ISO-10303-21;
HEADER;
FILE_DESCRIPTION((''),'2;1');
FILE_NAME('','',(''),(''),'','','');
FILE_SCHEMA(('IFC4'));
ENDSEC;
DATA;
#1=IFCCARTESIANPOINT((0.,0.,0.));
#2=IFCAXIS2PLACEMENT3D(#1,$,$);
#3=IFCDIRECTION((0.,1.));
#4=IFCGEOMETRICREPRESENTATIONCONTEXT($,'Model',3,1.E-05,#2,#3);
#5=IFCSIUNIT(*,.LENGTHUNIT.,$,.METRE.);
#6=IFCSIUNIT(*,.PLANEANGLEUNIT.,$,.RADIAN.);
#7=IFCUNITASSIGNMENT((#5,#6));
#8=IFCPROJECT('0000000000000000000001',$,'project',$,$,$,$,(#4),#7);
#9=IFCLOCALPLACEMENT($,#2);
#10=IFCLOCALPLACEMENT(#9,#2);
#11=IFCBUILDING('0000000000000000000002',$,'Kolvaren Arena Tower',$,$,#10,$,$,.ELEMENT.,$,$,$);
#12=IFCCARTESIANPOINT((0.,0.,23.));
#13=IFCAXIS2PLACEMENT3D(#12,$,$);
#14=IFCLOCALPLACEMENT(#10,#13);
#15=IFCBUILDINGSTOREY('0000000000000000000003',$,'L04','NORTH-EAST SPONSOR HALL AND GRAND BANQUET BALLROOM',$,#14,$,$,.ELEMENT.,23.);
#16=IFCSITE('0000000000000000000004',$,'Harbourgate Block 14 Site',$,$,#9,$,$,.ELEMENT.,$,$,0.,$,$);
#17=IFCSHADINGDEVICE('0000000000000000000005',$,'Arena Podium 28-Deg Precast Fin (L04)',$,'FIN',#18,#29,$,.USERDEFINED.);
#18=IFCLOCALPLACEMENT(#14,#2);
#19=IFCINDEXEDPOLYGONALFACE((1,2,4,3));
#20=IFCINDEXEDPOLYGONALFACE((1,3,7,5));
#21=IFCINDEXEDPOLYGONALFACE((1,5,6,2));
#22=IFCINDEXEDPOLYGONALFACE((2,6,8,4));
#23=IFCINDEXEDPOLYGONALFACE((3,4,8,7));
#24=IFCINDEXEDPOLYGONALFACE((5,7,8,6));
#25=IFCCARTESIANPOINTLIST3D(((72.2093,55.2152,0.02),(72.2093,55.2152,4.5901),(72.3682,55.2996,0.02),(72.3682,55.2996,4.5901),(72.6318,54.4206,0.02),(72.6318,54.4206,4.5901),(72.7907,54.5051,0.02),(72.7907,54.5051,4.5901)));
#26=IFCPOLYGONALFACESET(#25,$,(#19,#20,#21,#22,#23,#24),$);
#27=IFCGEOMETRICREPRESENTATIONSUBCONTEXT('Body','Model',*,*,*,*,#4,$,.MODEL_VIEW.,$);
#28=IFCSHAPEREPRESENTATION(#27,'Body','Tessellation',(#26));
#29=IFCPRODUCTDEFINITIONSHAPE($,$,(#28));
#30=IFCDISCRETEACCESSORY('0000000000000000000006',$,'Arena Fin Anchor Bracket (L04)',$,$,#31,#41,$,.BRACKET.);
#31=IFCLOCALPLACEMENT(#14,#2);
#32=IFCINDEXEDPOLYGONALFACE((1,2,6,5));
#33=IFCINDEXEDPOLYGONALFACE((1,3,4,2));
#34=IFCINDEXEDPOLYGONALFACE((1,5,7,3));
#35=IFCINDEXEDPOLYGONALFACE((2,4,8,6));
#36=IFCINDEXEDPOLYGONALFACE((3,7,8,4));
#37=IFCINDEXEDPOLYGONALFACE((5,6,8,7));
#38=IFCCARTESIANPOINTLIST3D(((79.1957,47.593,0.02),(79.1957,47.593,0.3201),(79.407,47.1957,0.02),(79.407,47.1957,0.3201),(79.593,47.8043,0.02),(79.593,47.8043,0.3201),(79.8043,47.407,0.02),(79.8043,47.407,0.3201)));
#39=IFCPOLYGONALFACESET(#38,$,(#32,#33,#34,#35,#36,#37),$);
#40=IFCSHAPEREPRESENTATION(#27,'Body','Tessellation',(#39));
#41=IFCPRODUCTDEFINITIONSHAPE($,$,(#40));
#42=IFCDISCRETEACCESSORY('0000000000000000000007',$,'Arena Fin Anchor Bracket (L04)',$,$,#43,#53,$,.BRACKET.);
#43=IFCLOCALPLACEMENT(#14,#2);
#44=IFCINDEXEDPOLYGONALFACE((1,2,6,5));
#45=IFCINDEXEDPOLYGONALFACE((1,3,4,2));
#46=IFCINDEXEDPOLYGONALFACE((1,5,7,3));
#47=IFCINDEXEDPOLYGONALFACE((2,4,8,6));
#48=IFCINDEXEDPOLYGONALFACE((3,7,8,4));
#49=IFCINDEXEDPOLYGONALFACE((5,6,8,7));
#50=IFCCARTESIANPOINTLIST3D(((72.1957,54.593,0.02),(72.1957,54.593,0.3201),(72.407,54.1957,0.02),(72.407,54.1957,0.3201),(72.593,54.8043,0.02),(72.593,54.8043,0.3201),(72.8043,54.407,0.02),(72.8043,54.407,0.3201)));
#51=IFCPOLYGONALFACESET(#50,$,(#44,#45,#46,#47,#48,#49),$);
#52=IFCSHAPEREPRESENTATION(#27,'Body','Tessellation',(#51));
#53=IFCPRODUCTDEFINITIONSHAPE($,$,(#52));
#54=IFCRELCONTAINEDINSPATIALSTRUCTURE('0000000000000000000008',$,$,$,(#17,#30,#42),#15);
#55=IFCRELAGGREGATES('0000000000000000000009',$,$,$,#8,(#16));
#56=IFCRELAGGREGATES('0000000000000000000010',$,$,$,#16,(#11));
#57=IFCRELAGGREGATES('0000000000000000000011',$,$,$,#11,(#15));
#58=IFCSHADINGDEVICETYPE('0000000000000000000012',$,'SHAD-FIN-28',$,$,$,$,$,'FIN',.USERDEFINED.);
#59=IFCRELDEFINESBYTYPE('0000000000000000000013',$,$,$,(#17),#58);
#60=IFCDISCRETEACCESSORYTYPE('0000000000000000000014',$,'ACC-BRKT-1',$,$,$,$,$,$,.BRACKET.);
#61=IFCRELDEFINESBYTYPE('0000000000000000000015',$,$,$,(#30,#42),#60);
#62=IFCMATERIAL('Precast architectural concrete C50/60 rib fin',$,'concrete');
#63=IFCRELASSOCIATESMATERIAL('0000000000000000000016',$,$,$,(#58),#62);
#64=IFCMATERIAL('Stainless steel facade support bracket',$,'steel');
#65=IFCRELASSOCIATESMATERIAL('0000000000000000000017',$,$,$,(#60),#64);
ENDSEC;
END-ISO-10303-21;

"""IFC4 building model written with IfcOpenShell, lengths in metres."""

from ifc_helpers import new_model, si_unit, direction, frame, origin, origin_2d, place, context, subcontext, project, spatial, rectangle, extrude, material, type_object, element, save


model = new_model("IFC4")

# Units and contexts
model_context = context("Model", 3, precision=1e-05, world=origin(), true_north=direction((0.0, 1.0)))
body_context = subcontext(model_context, "Body", "Model", "MODEL_VIEW")
ifc_project = project(units=[si_unit("LENGTHUNIT", "METRE"), si_unit("PLANEANGLEUNIT", "RADIAN")], contexts=[model_context])

# Site, building, storey
site_placement = place(None, origin())
site = spatial("IfcSite", under=ifc_project, at=site_placement, Name="Harbourgate Block 14 Site", CompositionType="ELEMENT", RefElevation=0.0)
building_placement = place(site_placement, origin())
building = spatial("IfcBuilding", under=site, at=building_placement, Name="Kolvaren Arena Tower", CompositionType="ELEMENT")
storey_placement = place(building_placement, frame((0.0, 0.0, 23.0)))
storey = spatial("IfcBuildingStorey", under=building, at=storey_placement, Name="L04", Description="NORTH-EAST SPONSOR HALL AND GRAND BANQUET BALLROOM", CompositionType="ELEMENT", Elevation=23.0)

# Shading device
ifc_material_1 = material(Name="Precast architectural concrete C50/60 rib fin", Category="concrete")
shading_device_type = type_object("IfcShadingDeviceType", Name="SHAD-FIN-28", ElementType="FIN", PredefinedType="USERDEFINED", material=ifc_material_1)
for number, where, z_axis, x_axis, name in (
    (1, (72.5, 54.8601, 0.02), (0.0, 0.0, 1.0), (-0.469472, 0.882948, 0.0), "Arena Podium 28-Deg Precast Fin (L04)"),
):
    element("IfcShadingDevice", number, at=place(storey_placement, frame(where, z_axis=z_axis, x_axis=x_axis)), inside=storey, type_object=shading_device_type, Name=name, ObjectType="FIN", PredefinedType="USERDEFINED", context=body_context, shape_type="SweptSolid", body=[
        extrude(rectangle(XDim=0.8999, YDim=0.1799, at=origin_2d()), origin(), (0.0, 0.0, 1.0), 4.5701),
    ])

# Discrete accessories
ifc_material_2 = material(Name="Stainless steel facade support bracket", Category="steel")
discrete_accessory_type = type_object("IfcDiscreteAccessoryType", Name="ACC-BRKT-1", PredefinedType="BRACKET", material=ifc_material_2)
for number, where, z_axis, x_axis, name in (
    (2, (79.5, 47.5, 0.02), (0.0, 0.0, 1.0), (0.882948, 0.469472, 0.0), "Arena Fin Anchor Bracket (L04)"),
    (3, (72.5, 54.5, 0.02), (0.0, 0.0, 1.0), (-0.469472, 0.882948, 0.0), "Arena Fin Anchor Bracket (L04)"),
):
    element("IfcDiscreteAccessory", number, at=place(storey_placement, frame(where, z_axis=z_axis, x_axis=x_axis)), inside=storey, type_object=discrete_accessory_type, Name=name, PredefinedType="BRACKET", context=body_context, shape_type="SweptSolid", body=[
        extrude(rectangle(XDim=0.45, YDim=0.45, at=origin_2d()), origin(), (0.0, 0.0, 1.0), 0.3),
    ])

save(model, "model.ifc")
